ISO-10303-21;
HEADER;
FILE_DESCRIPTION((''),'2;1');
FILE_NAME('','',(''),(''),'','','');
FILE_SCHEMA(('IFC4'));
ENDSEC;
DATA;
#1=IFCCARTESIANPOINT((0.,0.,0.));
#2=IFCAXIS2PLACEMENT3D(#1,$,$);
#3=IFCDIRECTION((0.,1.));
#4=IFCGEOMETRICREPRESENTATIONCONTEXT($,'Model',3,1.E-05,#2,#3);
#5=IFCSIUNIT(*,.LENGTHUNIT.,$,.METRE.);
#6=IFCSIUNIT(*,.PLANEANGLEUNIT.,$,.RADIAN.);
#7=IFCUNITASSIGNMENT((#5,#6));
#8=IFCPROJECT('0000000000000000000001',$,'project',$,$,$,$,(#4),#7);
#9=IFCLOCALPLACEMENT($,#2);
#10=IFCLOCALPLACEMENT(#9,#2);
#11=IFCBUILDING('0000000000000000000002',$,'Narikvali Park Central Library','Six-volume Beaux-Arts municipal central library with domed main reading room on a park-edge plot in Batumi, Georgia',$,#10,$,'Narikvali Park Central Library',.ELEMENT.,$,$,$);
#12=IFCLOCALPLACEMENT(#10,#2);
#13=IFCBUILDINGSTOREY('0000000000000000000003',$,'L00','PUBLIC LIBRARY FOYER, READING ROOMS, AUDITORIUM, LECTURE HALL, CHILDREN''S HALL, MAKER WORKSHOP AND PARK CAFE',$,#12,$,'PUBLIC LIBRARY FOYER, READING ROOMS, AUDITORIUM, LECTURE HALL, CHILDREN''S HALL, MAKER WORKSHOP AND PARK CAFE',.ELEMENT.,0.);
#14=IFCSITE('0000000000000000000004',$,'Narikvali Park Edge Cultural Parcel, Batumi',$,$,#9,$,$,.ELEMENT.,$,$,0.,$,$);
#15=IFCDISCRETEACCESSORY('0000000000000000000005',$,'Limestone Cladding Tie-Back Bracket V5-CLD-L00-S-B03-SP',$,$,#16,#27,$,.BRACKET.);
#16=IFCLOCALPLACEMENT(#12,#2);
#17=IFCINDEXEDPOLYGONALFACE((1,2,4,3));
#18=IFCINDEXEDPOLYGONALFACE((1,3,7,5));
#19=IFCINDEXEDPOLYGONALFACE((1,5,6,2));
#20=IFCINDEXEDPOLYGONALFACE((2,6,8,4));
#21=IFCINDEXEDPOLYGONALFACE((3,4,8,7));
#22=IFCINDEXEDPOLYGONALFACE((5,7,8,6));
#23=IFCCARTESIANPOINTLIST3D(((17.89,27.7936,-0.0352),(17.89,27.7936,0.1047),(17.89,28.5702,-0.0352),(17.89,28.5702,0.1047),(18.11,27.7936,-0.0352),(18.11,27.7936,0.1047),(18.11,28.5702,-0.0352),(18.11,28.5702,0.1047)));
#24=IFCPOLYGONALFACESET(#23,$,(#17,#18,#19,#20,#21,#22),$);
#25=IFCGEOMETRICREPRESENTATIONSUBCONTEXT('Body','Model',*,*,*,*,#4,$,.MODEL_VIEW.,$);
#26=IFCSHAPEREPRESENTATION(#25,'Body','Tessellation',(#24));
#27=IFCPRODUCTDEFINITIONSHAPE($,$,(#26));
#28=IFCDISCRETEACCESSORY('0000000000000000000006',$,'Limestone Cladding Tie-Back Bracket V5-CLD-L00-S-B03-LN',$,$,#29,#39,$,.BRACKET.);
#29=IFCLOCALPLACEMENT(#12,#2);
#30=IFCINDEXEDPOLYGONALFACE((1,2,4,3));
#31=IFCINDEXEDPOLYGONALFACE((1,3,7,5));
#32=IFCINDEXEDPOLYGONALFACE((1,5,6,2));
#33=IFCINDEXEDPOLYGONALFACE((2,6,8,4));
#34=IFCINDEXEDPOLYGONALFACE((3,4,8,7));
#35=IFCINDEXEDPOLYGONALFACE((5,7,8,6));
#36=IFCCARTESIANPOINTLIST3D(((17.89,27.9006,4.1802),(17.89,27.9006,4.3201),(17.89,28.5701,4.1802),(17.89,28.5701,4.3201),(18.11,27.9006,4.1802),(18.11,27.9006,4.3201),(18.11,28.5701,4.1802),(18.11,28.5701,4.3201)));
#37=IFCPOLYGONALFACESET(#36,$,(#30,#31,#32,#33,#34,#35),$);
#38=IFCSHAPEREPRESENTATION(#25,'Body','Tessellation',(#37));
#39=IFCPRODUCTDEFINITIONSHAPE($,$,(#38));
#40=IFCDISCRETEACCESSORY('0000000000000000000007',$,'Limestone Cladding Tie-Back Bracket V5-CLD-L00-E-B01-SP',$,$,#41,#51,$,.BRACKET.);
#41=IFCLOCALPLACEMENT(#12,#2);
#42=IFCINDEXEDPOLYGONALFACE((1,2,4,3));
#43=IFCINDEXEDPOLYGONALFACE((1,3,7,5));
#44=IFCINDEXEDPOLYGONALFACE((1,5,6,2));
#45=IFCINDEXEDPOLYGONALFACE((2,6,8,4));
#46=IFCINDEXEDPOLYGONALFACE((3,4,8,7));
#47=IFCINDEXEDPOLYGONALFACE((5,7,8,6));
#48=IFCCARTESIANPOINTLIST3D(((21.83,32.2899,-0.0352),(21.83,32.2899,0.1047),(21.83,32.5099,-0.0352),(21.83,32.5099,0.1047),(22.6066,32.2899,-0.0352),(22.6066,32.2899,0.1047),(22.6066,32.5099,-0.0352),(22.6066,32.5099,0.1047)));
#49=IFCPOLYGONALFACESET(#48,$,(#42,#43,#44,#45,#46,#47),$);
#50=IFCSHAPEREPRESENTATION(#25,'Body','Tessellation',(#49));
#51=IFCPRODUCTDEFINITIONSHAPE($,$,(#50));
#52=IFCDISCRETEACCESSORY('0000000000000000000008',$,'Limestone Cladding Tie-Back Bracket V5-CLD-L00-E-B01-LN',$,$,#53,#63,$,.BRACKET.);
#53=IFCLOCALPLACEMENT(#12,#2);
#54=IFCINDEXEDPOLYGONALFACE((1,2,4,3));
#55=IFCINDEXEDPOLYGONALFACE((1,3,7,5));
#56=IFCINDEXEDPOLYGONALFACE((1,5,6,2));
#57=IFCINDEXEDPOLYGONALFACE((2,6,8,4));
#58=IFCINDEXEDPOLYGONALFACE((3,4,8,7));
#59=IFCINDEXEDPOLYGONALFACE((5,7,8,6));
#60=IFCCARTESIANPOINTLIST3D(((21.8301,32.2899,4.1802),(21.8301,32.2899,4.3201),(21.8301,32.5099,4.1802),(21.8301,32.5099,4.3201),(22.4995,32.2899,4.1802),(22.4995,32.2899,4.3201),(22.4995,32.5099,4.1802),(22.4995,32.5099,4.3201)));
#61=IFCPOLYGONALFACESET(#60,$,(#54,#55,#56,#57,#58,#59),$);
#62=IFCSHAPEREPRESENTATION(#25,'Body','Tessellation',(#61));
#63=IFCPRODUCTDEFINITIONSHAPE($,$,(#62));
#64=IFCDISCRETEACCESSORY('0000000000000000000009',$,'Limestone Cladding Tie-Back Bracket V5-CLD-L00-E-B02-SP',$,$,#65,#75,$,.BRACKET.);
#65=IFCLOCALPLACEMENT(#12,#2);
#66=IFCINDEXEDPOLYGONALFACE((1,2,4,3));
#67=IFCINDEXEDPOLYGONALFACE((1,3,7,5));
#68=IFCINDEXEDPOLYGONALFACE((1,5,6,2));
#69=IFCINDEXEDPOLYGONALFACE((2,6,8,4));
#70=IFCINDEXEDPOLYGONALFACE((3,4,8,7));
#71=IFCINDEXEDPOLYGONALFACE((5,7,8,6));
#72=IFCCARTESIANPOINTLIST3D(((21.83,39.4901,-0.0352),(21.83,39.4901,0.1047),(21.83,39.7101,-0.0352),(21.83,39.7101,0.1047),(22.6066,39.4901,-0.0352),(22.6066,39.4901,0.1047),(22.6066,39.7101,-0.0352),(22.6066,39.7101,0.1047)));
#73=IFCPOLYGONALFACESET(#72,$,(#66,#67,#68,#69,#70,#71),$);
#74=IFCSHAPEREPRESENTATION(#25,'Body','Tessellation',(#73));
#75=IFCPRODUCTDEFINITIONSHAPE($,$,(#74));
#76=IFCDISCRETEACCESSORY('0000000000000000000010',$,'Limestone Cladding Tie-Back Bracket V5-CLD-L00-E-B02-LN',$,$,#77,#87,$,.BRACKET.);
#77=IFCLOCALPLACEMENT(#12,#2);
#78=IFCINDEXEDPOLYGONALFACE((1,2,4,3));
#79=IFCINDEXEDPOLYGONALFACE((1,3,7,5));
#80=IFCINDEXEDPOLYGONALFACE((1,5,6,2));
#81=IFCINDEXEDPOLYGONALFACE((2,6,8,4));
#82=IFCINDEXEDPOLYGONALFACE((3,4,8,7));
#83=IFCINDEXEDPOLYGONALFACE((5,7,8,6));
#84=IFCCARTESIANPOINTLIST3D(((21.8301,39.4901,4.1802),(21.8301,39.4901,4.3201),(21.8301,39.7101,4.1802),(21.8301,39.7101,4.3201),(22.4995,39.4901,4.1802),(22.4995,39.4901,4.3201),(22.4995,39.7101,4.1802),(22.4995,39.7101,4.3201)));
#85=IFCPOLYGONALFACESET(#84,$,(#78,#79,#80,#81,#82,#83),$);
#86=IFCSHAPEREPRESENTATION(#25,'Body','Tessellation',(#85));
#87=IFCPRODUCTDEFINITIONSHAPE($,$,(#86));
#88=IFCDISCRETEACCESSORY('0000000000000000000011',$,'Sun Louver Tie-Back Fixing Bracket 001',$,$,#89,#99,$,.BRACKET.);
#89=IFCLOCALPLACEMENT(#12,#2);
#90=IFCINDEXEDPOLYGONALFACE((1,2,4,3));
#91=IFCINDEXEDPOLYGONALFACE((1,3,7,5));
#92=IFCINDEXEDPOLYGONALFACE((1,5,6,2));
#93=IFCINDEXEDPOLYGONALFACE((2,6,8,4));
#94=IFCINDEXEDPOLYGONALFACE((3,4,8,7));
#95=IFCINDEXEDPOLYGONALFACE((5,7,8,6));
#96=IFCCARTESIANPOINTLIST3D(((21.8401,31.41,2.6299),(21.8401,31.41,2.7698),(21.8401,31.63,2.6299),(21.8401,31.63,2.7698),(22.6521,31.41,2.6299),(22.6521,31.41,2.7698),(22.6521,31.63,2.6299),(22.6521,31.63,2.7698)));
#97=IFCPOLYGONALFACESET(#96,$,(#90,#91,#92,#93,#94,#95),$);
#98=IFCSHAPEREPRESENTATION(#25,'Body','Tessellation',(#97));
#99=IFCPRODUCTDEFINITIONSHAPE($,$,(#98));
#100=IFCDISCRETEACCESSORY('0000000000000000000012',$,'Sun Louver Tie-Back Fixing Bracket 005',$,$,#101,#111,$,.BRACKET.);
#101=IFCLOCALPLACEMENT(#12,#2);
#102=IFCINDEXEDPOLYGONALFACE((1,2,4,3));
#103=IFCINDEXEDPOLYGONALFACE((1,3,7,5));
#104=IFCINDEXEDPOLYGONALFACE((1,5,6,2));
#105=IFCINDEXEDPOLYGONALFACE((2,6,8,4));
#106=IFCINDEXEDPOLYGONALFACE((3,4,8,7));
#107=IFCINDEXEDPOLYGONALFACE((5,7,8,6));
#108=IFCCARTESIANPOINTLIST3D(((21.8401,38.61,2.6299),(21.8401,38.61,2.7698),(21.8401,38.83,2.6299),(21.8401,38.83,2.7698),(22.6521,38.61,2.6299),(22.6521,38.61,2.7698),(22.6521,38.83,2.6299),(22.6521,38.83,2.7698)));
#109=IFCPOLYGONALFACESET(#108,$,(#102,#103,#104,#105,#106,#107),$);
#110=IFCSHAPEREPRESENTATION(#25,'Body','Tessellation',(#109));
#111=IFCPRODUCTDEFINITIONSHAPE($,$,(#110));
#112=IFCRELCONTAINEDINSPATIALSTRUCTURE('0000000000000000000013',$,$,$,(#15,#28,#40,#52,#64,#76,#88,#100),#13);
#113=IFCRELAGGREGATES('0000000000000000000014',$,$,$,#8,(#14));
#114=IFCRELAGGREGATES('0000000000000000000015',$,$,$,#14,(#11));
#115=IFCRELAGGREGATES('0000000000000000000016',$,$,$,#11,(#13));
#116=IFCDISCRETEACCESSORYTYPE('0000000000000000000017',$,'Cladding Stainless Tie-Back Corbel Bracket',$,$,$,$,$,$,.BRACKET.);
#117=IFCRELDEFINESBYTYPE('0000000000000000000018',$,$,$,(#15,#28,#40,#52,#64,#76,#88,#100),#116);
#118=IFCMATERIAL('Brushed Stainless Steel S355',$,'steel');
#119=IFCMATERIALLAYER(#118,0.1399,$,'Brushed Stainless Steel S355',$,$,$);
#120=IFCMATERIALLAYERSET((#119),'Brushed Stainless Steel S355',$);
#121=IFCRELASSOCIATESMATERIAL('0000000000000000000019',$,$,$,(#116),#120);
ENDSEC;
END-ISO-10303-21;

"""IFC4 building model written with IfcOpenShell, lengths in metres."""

from ifc_helpers import new_model, si_unit, direction, frame, origin, origin_2d, place, context, subcontext, project, spatial, rectangle, extrude, material, layer, layer_set, type_object, element, save


model = new_model("IFC4")

# Units and contexts
model_context = context("Model", 3, precision=1e-05, world=origin(), true_north=direction((0.0, 1.0)))
body_context = subcontext(model_context, "Body", "Model", "MODEL_VIEW")
ifc_project = project(units=[si_unit("LENGTHUNIT", "METRE"), si_unit("PLANEANGLEUNIT", "RADIAN")], contexts=[model_context])

# Site, building, storey
site_placement = place(None, origin())
site = spatial("IfcSite", under=ifc_project, at=site_placement, Name="Narikvali Park Edge Cultural Parcel, Batumi", CompositionType="ELEMENT", RefElevation=0.0)
building_placement = place(site_placement, origin())
building = spatial("IfcBuilding", under=site, at=building_placement, Name="Narikvali Park Central Library", Description="Six-volume Beaux-Arts municipal central library with domed main reading room on a park-edge plot in Batumi, Georgia", LongName="Narikvali Park Central Library", CompositionType="ELEMENT")
storey_placement = place(building_placement, origin())
storey = spatial("IfcBuildingStorey", under=building, at=storey_placement, Name="L00", Description="PUBLIC LIBRARY FOYER, READING ROOMS, AUDITORIUM, LECTURE HALL, CHILDREN'S HALL, MAKER WORKSHOP AND PARK CAFE", LongName="PUBLIC LIBRARY FOYER, READING ROOMS, AUDITORIUM, LECTURE HALL, CHILDREN'S HALL, MAKER WORKSHOP AND PARK CAFE", CompositionType="ELEMENT", Elevation=0.0)

# Discrete accessories
ifc_material_1 = material(Name="Brushed Stainless Steel S355", Category="steel")
ifc_layer_1 = layer(ifc_material_1, 0.1399, Name="Brushed Stainless Steel S355")
ifc_layer_set_1 = layer_set([ifc_layer_1], Name="Brushed Stainless Steel S355")
discrete_accessory_type = type_object("IfcDiscreteAccessoryType", Name="Cladding Stainless Tie-Back Corbel Bracket", PredefinedType="BRACKET", material=ifc_layer_set_1)
discrete_accessory_1_placement = place(storey_placement, frame((18.0, 28.1819, -0.0352), z_axis=(0.0, 0.0, 1.0), x_axis=(1.0, 0.0, 0.0)))
element("IfcDiscreteAccessory", 1, at=discrete_accessory_1_placement, inside=storey, type_object=discrete_accessory_type, Name="Limestone Cladding Tie-Back Bracket V5-CLD-L00-S-B03-SP", PredefinedType="BRACKET", context=body_context, shape_type="SweptSolid", body=[
    extrude(rectangle(XDim=0.22, YDim=0.7766, at=origin_2d()), origin(), (0.0, 0.0, 1.0), 0.1399),
])
discrete_accessory_2_placement = place(storey_placement, frame((18.0, 28.2354, 4.1802), z_axis=(0.0, 0.0, 1.0), x_axis=(1.0, 0.0, 0.0)))
element("IfcDiscreteAccessory", 2, at=discrete_accessory_2_placement, inside=storey, type_object=discrete_accessory_type, Name="Limestone Cladding Tie-Back Bracket V5-CLD-L00-S-B03-LN", PredefinedType="BRACKET", context=body_context, shape_type="SweptSolid", body=[
    extrude(rectangle(XDim=0.22, YDim=0.6694, at=origin_2d()), origin(), (0.0, 0.0, 1.0), 0.1399),
])
discrete_accessory_3_placement = place(storey_placement, frame((22.2183, 32.3999, -0.0352), z_axis=(0.0, 0.0, 1.0), x_axis=(1.0, 0.0, 0.0)))
element("IfcDiscreteAccessory", 3, at=discrete_accessory_3_placement, inside=storey, type_object=discrete_accessory_type, Name="Limestone Cladding Tie-Back Bracket V5-CLD-L00-E-B01-SP", PredefinedType="BRACKET", context=body_context, shape_type="SweptSolid", body=[
    extrude(rectangle(XDim=0.7766, YDim=0.22, at=origin_2d()), origin(), (0.0, 0.0, 1.0), 0.1399),
])
discrete_accessory_4_placement = place(storey_placement, frame((22.1648, 32.3999, 4.1802), z_axis=(0.0, 0.0, 1.0), x_axis=(1.0, 0.0, 0.0)))
element("IfcDiscreteAccessory", 4, at=discrete_accessory_4_placement, inside=storey, type_object=discrete_accessory_type, Name="Limestone Cladding Tie-Back Bracket V5-CLD-L00-E-B01-LN", PredefinedType="BRACKET", context=body_context, shape_type="SweptSolid", body=[
    extrude(rectangle(XDim=0.6694, YDim=0.22, at=origin_2d()), origin(), (0.0, 0.0, 1.0), 0.1399),
])
discrete_accessory_5_placement = place(storey_placement, frame((22.2183, 39.6001, -0.0352), z_axis=(0.0, 0.0, 1.0), x_axis=(1.0, 0.0, 0.0)))
element("IfcDiscreteAccessory", 5, at=discrete_accessory_5_placement, inside=storey, type_object=discrete_accessory_type, Name="Limestone Cladding Tie-Back Bracket V5-CLD-L00-E-B02-SP", PredefinedType="BRACKET", context=body_context, shape_type="SweptSolid", body=[
    extrude(rectangle(XDim=0.7766, YDim=0.22, at=origin_2d()), origin(), (0.0, 0.0, 1.0), 0.1399),
])
discrete_accessory_6_placement = place(storey_placement, frame((22.1648, 39.6001, 4.1802), z_axis=(0.0, 0.0, 1.0), x_axis=(1.0, 0.0, 0.0)))
element("IfcDiscreteAccessory", 6, at=discrete_accessory_6_placement, inside=storey, type_object=discrete_accessory_type, Name="Limestone Cladding Tie-Back Bracket V5-CLD-L00-E-B02-LN", PredefinedType="BRACKET", context=body_context, shape_type="SweptSolid", body=[
    extrude(rectangle(XDim=0.6694, YDim=0.22, at=origin_2d()), origin(), (0.0, 0.0, 1.0), 0.1399),
])
for number, where, z_axis, x_axis, name in (
    (7, (22.2461, 31.52, 2.6299), (0.0, 0.0, 1.0), (1.0, 0.0, 0.0), "Sun Louver Tie-Back Fixing Bracket 001"),
    (8, (22.2461, 38.72, 2.6299), (0.0, 0.0, 1.0), (1.0, 0.0, 0.0), "Sun Louver Tie-Back Fixing Bracket 005"),
):
    element("IfcDiscreteAccessory", number, at=place(storey_placement, frame(where, z_axis=z_axis, x_axis=x_axis)), inside=storey, type_object=discrete_accessory_type, Name=name, PredefinedType="BRACKET", context=body_context, shape_type="SweptSolid", body=[
        extrude(rectangle(XDim=0.812, YDim=0.22, at=origin_2d()), origin(), (0.0, 0.0, 1.0), 0.1399),
    ])

save(model, "model.ifc")
